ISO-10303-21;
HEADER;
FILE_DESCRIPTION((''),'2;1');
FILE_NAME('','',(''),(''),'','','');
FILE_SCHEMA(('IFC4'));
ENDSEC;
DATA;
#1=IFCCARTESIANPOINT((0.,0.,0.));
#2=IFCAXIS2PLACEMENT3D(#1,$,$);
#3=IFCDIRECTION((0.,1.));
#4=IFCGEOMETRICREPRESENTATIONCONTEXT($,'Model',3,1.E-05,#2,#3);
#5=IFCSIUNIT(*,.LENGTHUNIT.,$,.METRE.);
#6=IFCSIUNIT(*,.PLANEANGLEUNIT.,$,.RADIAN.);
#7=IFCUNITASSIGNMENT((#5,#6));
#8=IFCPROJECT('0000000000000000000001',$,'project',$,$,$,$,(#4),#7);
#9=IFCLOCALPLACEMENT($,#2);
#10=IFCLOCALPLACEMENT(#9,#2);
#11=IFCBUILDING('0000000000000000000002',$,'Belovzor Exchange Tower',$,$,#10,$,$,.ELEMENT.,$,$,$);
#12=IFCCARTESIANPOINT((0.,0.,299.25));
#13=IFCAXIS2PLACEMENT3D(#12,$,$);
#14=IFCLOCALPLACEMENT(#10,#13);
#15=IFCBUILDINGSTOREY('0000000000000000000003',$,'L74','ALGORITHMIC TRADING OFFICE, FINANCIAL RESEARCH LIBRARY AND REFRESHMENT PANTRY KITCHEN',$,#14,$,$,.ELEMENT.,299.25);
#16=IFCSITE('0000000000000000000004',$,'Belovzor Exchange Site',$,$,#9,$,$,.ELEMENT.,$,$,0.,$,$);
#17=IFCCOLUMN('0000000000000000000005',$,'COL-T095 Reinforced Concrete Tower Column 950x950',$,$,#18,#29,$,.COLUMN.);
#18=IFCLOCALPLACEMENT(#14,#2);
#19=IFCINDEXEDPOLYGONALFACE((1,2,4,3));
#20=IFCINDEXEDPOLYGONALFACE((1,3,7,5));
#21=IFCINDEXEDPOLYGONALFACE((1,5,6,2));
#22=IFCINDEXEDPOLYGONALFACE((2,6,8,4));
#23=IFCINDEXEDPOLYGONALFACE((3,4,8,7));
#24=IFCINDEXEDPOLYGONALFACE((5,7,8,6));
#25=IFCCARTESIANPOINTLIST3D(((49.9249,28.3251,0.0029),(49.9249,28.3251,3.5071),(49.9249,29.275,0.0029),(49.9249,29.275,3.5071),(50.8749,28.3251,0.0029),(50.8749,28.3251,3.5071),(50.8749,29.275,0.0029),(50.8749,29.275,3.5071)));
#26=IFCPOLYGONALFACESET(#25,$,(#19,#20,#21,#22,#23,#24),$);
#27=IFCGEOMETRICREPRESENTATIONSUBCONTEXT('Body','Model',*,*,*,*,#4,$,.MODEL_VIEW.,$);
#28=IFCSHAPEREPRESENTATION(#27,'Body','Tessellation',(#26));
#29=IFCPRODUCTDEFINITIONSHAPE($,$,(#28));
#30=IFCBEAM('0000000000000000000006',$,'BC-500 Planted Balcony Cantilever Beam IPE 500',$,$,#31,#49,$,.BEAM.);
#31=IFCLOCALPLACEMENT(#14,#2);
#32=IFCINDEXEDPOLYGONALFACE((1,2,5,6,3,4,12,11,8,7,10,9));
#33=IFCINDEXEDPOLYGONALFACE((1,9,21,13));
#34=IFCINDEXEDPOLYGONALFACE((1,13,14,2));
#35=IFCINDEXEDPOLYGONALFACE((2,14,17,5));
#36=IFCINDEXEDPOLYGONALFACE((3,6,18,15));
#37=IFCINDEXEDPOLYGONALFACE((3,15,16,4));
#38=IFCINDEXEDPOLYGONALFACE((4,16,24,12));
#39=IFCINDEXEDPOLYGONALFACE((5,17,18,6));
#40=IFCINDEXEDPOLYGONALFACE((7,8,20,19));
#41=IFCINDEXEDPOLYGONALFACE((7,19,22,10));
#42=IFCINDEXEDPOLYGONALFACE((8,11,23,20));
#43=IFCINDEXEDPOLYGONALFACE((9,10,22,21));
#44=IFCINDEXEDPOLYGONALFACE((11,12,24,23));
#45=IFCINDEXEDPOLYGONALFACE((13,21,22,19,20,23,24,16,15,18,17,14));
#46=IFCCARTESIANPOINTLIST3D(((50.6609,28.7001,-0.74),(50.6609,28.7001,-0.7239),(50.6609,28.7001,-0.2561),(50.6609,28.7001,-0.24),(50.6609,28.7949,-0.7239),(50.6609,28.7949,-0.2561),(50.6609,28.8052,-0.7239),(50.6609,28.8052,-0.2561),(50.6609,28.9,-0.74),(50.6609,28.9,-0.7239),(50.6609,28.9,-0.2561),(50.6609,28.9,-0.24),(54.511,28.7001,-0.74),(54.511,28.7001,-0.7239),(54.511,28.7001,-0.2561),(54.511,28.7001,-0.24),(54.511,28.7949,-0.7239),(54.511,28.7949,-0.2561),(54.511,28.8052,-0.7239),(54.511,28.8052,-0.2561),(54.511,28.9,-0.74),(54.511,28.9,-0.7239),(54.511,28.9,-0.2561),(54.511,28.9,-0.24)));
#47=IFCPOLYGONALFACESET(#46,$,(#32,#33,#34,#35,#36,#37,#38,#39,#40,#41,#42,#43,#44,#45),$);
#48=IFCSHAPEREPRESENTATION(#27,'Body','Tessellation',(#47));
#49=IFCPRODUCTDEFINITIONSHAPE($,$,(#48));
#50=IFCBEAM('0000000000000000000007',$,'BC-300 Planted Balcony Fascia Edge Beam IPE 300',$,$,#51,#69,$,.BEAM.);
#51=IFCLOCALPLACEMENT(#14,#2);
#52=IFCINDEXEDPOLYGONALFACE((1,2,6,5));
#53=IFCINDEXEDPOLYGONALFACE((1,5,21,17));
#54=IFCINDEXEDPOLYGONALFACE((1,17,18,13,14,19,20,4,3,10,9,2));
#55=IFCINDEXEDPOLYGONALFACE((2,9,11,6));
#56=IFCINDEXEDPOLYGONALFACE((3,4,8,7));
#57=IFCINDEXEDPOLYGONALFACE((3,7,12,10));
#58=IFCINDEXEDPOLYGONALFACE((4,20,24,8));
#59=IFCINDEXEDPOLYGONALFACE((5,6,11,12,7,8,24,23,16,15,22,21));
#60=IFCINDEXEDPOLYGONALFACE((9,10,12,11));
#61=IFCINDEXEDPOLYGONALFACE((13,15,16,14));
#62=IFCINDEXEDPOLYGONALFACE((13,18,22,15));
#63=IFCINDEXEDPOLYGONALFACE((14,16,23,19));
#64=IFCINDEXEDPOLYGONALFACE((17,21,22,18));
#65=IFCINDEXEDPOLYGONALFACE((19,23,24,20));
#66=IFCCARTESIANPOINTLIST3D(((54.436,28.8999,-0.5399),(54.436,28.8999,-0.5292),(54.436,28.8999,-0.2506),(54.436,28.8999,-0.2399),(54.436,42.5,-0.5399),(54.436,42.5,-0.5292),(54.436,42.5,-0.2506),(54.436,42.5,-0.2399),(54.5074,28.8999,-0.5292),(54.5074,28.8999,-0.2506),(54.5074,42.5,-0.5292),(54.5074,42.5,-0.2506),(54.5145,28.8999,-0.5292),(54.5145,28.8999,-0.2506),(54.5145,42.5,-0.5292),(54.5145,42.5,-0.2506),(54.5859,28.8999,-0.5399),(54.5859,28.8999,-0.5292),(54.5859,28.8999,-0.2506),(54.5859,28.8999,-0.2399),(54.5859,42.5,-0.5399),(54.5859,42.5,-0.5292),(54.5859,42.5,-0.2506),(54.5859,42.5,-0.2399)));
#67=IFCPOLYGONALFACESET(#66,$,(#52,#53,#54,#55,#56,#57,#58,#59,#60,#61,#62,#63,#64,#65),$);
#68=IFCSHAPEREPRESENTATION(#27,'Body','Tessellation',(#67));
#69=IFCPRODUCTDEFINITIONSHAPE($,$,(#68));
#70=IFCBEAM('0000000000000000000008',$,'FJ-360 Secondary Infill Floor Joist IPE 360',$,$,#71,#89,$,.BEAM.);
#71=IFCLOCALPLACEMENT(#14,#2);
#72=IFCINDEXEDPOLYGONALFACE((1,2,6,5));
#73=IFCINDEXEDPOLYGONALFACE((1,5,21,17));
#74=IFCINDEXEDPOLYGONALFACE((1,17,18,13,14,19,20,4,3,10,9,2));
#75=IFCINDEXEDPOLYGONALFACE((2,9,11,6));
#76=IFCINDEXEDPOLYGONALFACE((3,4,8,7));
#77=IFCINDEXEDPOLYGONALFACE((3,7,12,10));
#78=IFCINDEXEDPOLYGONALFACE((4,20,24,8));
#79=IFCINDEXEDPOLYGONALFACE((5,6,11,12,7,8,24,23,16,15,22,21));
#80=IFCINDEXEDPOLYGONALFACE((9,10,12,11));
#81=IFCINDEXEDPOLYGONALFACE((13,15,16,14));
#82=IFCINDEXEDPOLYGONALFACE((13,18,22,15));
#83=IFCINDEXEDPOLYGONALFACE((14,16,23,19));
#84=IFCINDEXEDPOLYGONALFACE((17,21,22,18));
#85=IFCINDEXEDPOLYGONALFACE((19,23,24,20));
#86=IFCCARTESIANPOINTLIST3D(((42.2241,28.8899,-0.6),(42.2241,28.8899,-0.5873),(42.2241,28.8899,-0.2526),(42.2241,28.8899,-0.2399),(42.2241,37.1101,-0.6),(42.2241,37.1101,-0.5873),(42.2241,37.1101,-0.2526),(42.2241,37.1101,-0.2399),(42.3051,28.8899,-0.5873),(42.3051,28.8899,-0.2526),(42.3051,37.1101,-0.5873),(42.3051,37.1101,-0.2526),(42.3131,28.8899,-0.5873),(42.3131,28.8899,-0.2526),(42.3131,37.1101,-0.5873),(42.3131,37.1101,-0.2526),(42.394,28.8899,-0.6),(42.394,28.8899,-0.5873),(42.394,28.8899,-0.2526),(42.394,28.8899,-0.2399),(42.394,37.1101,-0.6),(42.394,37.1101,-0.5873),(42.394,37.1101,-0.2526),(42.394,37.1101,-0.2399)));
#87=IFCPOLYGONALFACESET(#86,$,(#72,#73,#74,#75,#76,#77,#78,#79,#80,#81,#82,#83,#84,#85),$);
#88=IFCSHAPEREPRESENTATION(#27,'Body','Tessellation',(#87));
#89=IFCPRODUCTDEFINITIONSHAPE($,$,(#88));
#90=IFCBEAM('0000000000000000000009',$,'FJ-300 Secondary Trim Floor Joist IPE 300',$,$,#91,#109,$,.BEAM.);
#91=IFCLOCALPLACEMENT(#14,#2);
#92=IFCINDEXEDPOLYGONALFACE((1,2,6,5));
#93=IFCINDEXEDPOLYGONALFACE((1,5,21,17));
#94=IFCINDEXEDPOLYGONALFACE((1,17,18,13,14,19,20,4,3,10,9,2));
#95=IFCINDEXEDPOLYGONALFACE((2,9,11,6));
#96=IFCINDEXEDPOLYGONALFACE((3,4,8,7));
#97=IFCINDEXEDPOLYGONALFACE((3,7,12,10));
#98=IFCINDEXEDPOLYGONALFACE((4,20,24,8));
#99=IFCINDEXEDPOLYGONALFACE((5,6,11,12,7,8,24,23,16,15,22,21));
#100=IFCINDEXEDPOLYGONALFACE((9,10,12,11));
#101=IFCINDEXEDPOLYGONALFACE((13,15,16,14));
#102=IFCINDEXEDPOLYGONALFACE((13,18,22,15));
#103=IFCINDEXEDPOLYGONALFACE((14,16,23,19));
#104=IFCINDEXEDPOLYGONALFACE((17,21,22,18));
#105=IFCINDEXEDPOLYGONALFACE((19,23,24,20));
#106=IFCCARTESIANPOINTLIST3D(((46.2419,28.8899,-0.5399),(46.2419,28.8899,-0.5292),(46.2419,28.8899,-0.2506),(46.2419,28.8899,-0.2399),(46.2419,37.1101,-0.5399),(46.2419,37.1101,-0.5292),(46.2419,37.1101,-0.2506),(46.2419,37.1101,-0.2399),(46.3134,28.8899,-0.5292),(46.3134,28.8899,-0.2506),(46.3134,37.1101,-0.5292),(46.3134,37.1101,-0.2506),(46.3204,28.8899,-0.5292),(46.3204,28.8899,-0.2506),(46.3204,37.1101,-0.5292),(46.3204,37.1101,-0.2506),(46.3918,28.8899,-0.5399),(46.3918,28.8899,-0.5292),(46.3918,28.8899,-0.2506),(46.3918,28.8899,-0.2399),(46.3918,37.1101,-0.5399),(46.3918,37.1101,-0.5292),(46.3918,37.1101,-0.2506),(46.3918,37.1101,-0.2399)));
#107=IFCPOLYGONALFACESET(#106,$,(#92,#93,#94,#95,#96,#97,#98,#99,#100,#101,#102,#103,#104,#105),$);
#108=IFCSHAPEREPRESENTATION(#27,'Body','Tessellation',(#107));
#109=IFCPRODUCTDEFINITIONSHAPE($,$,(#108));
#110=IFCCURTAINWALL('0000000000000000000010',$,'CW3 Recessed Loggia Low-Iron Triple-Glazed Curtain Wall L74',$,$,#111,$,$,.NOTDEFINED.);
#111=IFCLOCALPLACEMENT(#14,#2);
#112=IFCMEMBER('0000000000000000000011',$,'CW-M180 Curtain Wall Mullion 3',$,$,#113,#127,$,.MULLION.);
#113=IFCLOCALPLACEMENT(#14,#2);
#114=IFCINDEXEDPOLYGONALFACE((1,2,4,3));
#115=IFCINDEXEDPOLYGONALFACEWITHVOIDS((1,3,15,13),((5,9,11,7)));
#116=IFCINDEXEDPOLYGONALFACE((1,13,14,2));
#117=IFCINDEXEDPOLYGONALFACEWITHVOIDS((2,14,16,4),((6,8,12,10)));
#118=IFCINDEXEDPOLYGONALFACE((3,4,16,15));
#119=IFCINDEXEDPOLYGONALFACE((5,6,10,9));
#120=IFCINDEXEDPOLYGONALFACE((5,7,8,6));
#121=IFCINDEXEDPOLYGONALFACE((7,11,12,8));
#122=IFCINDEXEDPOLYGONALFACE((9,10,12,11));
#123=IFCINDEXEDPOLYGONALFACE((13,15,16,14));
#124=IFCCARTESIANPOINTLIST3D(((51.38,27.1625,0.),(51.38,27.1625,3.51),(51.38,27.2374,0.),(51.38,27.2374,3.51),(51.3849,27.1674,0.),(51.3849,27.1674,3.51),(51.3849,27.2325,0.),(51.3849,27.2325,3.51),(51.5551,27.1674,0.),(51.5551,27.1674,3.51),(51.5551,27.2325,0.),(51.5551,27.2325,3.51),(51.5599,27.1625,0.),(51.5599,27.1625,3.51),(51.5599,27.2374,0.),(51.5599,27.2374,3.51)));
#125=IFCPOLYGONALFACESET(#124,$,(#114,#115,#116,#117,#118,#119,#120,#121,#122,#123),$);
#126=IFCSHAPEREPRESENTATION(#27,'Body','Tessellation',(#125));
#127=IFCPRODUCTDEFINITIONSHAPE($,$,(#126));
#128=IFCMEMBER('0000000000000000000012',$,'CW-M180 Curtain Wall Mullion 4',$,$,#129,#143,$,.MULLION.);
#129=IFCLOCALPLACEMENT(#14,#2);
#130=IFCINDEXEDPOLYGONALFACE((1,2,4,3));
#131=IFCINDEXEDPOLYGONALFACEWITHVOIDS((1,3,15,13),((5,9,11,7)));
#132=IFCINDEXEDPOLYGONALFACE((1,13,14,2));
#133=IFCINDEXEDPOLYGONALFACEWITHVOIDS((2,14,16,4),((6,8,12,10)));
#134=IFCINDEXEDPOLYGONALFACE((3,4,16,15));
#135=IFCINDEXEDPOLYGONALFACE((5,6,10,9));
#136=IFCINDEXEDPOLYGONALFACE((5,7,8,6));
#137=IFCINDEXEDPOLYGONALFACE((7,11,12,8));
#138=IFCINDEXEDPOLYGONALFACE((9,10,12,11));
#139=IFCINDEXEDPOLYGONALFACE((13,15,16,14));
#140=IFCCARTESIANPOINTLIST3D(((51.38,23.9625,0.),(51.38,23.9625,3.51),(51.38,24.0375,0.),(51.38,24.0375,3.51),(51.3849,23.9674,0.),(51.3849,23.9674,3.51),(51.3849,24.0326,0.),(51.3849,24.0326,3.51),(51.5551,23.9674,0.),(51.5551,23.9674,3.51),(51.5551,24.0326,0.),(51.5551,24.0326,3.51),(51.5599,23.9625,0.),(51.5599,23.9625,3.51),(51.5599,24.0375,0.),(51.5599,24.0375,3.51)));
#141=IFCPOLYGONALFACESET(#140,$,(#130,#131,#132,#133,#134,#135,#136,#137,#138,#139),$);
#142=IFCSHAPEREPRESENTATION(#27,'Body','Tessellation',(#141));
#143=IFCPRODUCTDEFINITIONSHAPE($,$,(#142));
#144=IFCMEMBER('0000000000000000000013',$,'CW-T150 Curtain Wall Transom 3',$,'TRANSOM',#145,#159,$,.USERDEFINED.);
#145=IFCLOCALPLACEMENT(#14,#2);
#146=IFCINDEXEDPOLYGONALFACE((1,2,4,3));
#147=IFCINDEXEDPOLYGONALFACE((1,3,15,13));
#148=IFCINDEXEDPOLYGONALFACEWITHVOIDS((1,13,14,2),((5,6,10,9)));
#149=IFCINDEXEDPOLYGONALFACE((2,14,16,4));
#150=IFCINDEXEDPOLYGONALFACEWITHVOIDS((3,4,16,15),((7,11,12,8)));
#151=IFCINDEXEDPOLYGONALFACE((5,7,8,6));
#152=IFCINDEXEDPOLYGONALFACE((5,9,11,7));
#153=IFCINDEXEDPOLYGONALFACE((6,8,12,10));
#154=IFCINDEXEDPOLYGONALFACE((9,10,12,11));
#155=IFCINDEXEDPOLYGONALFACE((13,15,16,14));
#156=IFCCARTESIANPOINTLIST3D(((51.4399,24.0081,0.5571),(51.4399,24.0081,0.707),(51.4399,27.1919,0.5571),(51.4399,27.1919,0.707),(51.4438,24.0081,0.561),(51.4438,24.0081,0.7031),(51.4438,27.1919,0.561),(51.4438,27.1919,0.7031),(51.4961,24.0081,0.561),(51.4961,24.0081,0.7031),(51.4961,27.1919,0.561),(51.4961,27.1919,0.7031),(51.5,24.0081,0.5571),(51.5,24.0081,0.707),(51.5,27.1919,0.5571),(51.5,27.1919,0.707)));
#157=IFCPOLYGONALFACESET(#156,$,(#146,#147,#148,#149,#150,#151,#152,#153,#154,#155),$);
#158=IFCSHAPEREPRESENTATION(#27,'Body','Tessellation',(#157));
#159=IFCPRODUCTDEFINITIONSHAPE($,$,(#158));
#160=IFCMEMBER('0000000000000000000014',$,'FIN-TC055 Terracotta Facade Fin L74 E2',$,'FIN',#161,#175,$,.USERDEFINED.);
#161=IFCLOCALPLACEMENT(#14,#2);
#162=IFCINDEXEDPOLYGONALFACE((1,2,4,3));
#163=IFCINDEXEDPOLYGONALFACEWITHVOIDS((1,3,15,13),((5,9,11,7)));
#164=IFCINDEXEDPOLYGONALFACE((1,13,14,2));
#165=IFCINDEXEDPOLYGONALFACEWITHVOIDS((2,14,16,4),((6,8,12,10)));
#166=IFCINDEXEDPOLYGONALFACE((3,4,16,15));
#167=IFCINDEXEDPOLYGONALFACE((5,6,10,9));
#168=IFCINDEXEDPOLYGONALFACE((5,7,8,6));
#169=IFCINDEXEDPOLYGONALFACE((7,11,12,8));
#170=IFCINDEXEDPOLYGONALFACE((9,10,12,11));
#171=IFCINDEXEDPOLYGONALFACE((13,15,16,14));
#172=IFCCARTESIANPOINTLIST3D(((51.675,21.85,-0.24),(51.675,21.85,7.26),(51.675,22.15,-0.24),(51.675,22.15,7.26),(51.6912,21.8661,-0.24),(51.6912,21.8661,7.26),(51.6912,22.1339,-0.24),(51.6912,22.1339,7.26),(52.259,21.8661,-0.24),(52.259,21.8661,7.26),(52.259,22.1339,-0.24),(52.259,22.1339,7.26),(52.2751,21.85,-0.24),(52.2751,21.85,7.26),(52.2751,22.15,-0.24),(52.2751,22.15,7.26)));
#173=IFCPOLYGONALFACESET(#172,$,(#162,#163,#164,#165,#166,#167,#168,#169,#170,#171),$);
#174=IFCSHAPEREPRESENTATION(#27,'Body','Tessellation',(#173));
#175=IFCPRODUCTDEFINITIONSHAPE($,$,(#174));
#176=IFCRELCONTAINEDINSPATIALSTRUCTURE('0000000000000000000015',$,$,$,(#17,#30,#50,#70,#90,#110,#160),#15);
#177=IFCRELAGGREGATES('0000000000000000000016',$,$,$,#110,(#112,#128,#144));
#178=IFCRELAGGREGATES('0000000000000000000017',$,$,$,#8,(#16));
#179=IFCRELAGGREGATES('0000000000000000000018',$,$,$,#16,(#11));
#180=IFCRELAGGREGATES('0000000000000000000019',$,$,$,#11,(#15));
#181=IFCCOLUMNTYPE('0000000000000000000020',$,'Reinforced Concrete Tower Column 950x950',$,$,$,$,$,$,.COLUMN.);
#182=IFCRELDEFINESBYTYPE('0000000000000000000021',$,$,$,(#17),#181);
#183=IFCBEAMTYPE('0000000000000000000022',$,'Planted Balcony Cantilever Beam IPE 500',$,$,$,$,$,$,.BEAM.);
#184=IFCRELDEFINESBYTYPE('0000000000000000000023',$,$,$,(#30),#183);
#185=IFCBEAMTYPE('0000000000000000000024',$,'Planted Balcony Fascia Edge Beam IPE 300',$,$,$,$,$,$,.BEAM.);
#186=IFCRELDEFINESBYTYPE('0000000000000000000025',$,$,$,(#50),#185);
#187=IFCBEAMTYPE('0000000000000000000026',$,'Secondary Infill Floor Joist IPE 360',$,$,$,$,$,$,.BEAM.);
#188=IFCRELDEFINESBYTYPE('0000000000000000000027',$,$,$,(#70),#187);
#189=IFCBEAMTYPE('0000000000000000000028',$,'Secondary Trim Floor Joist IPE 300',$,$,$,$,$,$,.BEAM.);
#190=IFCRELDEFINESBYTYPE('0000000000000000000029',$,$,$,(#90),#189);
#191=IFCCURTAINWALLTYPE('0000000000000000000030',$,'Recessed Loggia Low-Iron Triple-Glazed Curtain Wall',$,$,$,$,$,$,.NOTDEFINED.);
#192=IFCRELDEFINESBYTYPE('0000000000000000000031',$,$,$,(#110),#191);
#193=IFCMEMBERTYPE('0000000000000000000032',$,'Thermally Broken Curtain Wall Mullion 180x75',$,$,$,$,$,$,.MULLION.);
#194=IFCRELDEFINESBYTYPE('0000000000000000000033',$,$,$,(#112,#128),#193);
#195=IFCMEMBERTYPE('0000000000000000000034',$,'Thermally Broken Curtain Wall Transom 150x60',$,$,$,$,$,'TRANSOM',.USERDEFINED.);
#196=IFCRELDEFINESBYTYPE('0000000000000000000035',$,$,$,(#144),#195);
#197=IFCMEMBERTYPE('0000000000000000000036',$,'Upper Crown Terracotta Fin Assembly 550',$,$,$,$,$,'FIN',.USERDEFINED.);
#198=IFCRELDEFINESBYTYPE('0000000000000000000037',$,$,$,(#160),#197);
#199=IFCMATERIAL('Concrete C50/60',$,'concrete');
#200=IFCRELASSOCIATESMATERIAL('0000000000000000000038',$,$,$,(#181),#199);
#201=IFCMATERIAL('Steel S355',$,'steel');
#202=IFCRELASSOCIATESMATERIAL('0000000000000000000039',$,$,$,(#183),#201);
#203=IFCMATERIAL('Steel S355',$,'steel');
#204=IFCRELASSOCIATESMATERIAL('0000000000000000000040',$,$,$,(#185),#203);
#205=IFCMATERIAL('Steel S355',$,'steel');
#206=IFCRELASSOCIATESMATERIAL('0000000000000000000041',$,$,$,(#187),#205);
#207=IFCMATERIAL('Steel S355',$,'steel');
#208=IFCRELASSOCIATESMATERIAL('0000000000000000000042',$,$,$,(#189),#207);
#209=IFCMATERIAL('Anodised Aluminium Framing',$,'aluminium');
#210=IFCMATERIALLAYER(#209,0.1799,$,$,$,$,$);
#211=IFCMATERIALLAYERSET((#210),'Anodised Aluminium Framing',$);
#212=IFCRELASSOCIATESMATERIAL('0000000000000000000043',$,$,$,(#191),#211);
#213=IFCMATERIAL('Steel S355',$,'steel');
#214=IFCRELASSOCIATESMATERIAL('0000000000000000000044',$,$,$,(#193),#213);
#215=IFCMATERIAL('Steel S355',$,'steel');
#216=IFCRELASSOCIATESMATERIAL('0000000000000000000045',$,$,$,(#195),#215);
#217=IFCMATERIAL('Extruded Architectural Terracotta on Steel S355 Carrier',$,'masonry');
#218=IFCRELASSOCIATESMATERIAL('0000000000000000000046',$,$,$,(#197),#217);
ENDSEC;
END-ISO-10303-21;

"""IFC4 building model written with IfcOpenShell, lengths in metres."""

from ifc_helpers import new_model, si_unit, direction, frame, origin, origin_2d, place, context, subcontext, project, spatial, rectangle, hollow_rectangle, i_section, extrude, material, layer, layer_set, material_profile, profile_set, type_object, element, aggregate, save


model = new_model("IFC4")

# Units and contexts
model_context = context("Model", 3, precision=1e-05, world=origin(), true_north=direction((0.0, 1.0)))
body_context = subcontext(model_context, "Body", "Model", "MODEL_VIEW")
ifc_project = project(units=[si_unit("LENGTHUNIT", "METRE"), si_unit("PLANEANGLEUNIT", "RADIAN")], contexts=[model_context])

# Site, building, storey
site_placement = place(None, origin())
site = spatial("IfcSite", under=ifc_project, at=site_placement, Name="Belovzor Exchange Site", CompositionType="ELEMENT", RefElevation=0.0)
building_placement = place(site_placement, origin())
building = spatial("IfcBuilding", under=site, at=building_placement, Name="Belovzor Exchange Tower", CompositionType="ELEMENT")
storey_placement = place(building_placement, frame((0.0, 0.0, 299.25)))
storey = spatial("IfcBuildingStorey", under=building, at=storey_placement, Name="L74", Description="ALGORITHMIC TRADING OFFICE, FINANCIAL RESEARCH LIBRARY AND REFRESHMENT PANTRY KITCHEN", CompositionType="ELEMENT", Elevation=299.25)

# Column
ifc_material_1 = material(Name="Concrete C50/60", Category="concrete")
ifc_material_profile_1 = material_profile(ifc_material_1, rectangle(XDim=0.95, YDim=0.95, at=origin_2d()))
ifc_profile_set_1 = profile_set([ifc_material_profile_1], Name="Concrete C50/60")
column_type = type_object("IfcColumnType", Name="Reinforced Concrete Tower Column 950x950", PredefinedType="COLUMN", material=ifc_profile_set_1)
column_placement = place(storey_placement, frame((50.3999, 28.8, 0.0029), z_axis=(0.0, 0.0, 1.0), x_axis=(1.0, 0.0, 0.0)))
element("IfcColumn", 1, at=column_placement, inside=storey, type_object=column_type, Name="COL-T095 Reinforced Concrete Tower Column 950x950", PredefinedType="COLUMN", context=body_context, shape_type="SweptSolid", body=[
    extrude(rectangle(XDim=0.95, YDim=0.95, at=origin_2d()), origin(), (0.0, 0.0, 1.0), 3.5042),
])

# Beams
ifc_material_2 = material(Name="Steel S355", Category="steel")
ifc_material_profile_2 = material_profile(ifc_material_2, i_section(OverallWidth=0.2, OverallDepth=0.5, WebThickness=0.0103, FlangeThickness=0.0161, at=origin_2d()))
ifc_profile_set_2 = profile_set([ifc_material_profile_2], Name="Steel S355")
beam_type_1 = type_object("IfcBeamType", Name="Planted Balcony Cantilever Beam IPE 500", PredefinedType="BEAM", material=ifc_profile_set_2)
beam_1_placement = place(storey_placement, frame((50.6609, 28.8, -0.49), z_axis=(1.0, 0.0, 0.0), x_axis=(0.0, 1.0, 0.0)))
element("IfcBeam", 2, at=beam_1_placement, inside=storey, type_object=beam_type_1, Name="BC-500 Planted Balcony Cantilever Beam IPE 500", PredefinedType="BEAM", context=body_context, shape_type="SweptSolid", body=[
    extrude(i_section(OverallWidth=0.2, OverallDepth=0.5, WebThickness=0.0103, FlangeThickness=0.0161, at=origin_2d()), origin(), (0.0, 0.0, 1.0), 3.8501),
])
ifc_material_3 = material(Name="Steel S355", Category="steel")
ifc_material_profile_3 = material_profile(ifc_material_3, i_section(OverallWidth=0.1499, OverallDepth=0.3, WebThickness=0.0071, FlangeThickness=0.0107, at=origin_2d()))
ifc_profile_set_3 = profile_set([ifc_material_profile_3], Name="Steel S355")
beam_type_2 = type_object("IfcBeamType", Name="Planted Balcony Fascia Edge Beam IPE 300", PredefinedType="BEAM", material=ifc_profile_set_3)
beam_2_placement = place(storey_placement, frame((54.511, 28.8999, -0.3899), z_axis=(0.0, 1.0, 0.0), x_axis=(-1.0, 0.0, 0.0)))
element("IfcBeam", 3, at=beam_2_placement, inside=storey, type_object=beam_type_2, Name="BC-300 Planted Balcony Fascia Edge Beam IPE 300", PredefinedType="BEAM", context=body_context, shape_type="SweptSolid", body=[
    extrude(i_section(OverallWidth=0.1499, OverallDepth=0.3, WebThickness=0.0071, FlangeThickness=0.0107, at=origin_2d()), origin(), (0.0, 0.0, 1.0), 13.6001),
])
ifc_material_4 = material(Name="Steel S355", Category="steel")
ifc_material_profile_4 = material_profile(ifc_material_4, i_section(OverallWidth=0.1699, OverallDepth=0.3601, WebThickness=0.0081, FlangeThickness=0.0127, at=origin_2d()))
ifc_profile_set_4 = profile_set([ifc_material_profile_4], Name="Steel S355")
beam_type_3 = type_object("IfcBeamType", Name="Secondary Infill Floor Joist IPE 360", PredefinedType="BEAM", material=ifc_profile_set_4)
beam_3_placement = place(storey_placement, frame((42.3091, 28.8899, -0.4199), z_axis=(0.0, 1.0, 0.0), x_axis=(-1.0, 0.0, 0.0)))
element("IfcBeam", 4, at=beam_3_placement, inside=storey, type_object=beam_type_3, Name="FJ-360 Secondary Infill Floor Joist IPE 360", PredefinedType="BEAM", context=body_context, shape_type="SweptSolid", body=[
    extrude(i_section(OverallWidth=0.1699, OverallDepth=0.3601, WebThickness=0.0081, FlangeThickness=0.0127, at=origin_2d()), origin(), (0.0, 0.0, 1.0), 8.2202),
])
ifc_material_5 = material(Name="Steel S355", Category="steel")
ifc_material_profile_5 = material_profile(ifc_material_5, i_section(OverallWidth=0.1499, OverallDepth=0.3, WebThickness=0.0071, FlangeThickness=0.0107, at=origin_2d()))
ifc_profile_set_5 = profile_set([ifc_material_profile_5], Name="Steel S355")
beam_type_4 = type_object("IfcBeamType", Name="Secondary Trim Floor Joist IPE 300", PredefinedType="BEAM", material=ifc_profile_set_5)
beam_4_placement = place(storey_placement, frame((46.3169, 28.8899, -0.3899), z_axis=(0.0, 1.0, 0.0), x_axis=(-1.0, 0.0, 0.0)))
element("IfcBeam", 5, at=beam_4_placement, inside=storey, type_object=beam_type_4, Name="FJ-300 Secondary Trim Floor Joist IPE 300", PredefinedType="BEAM", context=body_context, shape_type="SweptSolid", body=[
    extrude(i_section(OverallWidth=0.1499, OverallDepth=0.3, WebThickness=0.0071, FlangeThickness=0.0107, at=origin_2d()), origin(), (0.0, 0.0, 1.0), 8.2202),
])

# Curtain wall, members
ifc_material_6 = material(Name="Anodised Aluminium Framing", Category="aluminium")
ifc_layer_1 = layer(ifc_material_6, 0.1799)
ifc_layer_set_1 = layer_set([ifc_layer_1], Name="Anodised Aluminium Framing")
curtain_wall_type = type_object("IfcCurtainWallType", Name="Recessed Loggia Low-Iron Triple-Glazed Curtain Wall", PredefinedType="NOTDEFINED", material=ifc_layer_set_1)
curtain_wall_placement = place(storey_placement, origin())
curtain_wall = element("IfcCurtainWall", 6, at=curtain_wall_placement, inside=storey, type_object=curtain_wall_type, Name="CW3 Recessed Loggia Low-Iron Triple-Glazed Curtain Wall L74", PredefinedType="NOTDEFINED")
ifc_material_7 = material(Name="Steel S355", Category="steel")
ifc_material_profile_6 = material_profile(ifc_material_7, hollow_rectangle(XDim=0.075, YDim=0.1799, WallThickness=0.0049, at=origin_2d()))
ifc_profile_set_6 = profile_set([ifc_material_profile_6], Name="Steel S355")
member_type_1 = type_object("IfcMemberType", Name="Thermally Broken Curtain Wall Mullion 180x75", PredefinedType="MULLION", material=ifc_profile_set_6)
member_1_placement = place(storey_placement, frame((51.47, 27.2, 0.0), z_axis=(0.0, 0.0, 1.0), x_axis=(0.0, -1.0, 0.0)))
member_1 = element("IfcMember", 7, at=member_1_placement, type_object=member_type_1, Name="CW-M180 Curtain Wall Mullion 3", PredefinedType="MULLION", context=body_context, shape_type="SweptSolid", body=[
    extrude(hollow_rectangle(XDim=0.075, YDim=0.1799, WallThickness=0.0049, at=origin_2d()), origin(), (0.0, 0.0, 1.0), 3.51),
])
member_2_placement = place(storey_placement, frame((51.47, 24.0, 0.0), z_axis=(0.0, 0.0, 1.0), x_axis=(0.0, -1.0, 0.0)))
member_2 = element("IfcMember", 8, at=member_2_placement, type_object=member_type_1, Name="CW-M180 Curtain Wall Mullion 4", PredefinedType="MULLION", context=body_context, shape_type="SweptSolid", body=[
    extrude(hollow_rectangle(XDim=0.075, YDim=0.1799, WallThickness=0.0049, at=origin_2d()), origin(), (0.0, 0.0, 1.0), 3.51),
])
ifc_material_8 = material(Name="Steel S355", Category="steel")
ifc_material_profile_7 = material_profile(ifc_material_8, hollow_rectangle(XDim=0.0601, YDim=0.1499, WallThickness=0.0039, at=origin_2d()))
ifc_profile_set_7 = profile_set([ifc_material_profile_7], Name="Steel S355")
member_type_2 = type_object("IfcMemberType", Name="Thermally Broken Curtain Wall Transom 150x60", ElementType="TRANSOM", PredefinedType="USERDEFINED", material=ifc_profile_set_7)
member_3_placement = place(storey_placement, frame((51.47, 27.1919, 0.6321), z_axis=(0.0, -1.0, 0.0), x_axis=(1.0, 0.0, 0.0)))
member_3 = element("IfcMember", 9, at=member_3_placement, type_object=member_type_2, Name="CW-T150 Curtain Wall Transom 3", ObjectType="TRANSOM", PredefinedType="USERDEFINED", context=body_context, shape_type="SweptSolid", body=[
    extrude(hollow_rectangle(XDim=0.0601, YDim=0.1499, WallThickness=0.0039, at=origin_2d()), origin(), (0.0, 0.0, 1.0), 3.1838),
])

# Member
ifc_material_9 = material(Name="Extruded Architectural Terracotta on Steel S355 Carrier", Category="masonry")
ifc_material_profile_8 = material_profile(ifc_material_9, hollow_rectangle(XDim=0.3, YDim=0.6001, WallThickness=0.0161, at=origin_2d()))
ifc_profile_set_8 = profile_set([ifc_material_profile_8], Name="Extruded Architectural Terracotta on Steel S355 Carrier")
member_type_3 = type_object("IfcMemberType", Name="Upper Crown Terracotta Fin Assembly 550", ElementType="FIN", PredefinedType="USERDEFINED", material=ifc_profile_set_8)
member_4_placement = place(storey_placement, frame((51.9751, 22.0, -0.24), z_axis=(0.0, 0.0, 1.0), x_axis=(0.0, 1.0, 0.0)))
element("IfcMember", 10, at=member_4_placement, inside=storey, type_object=member_type_3, Name="FIN-TC055 Terracotta Facade Fin L74 E2", ObjectType="FIN", PredefinedType="USERDEFINED", context=body_context, shape_type="SweptSolid", body=[
    extrude(hollow_rectangle(XDim=0.3, YDim=0.6001, WallThickness=0.0161, at=origin_2d()), origin(), (0.0, 0.0, 1.0), 7.5),
])

aggregate(curtain_wall, [member_1, member_2, member_3])

save(model, "model.ifc")
